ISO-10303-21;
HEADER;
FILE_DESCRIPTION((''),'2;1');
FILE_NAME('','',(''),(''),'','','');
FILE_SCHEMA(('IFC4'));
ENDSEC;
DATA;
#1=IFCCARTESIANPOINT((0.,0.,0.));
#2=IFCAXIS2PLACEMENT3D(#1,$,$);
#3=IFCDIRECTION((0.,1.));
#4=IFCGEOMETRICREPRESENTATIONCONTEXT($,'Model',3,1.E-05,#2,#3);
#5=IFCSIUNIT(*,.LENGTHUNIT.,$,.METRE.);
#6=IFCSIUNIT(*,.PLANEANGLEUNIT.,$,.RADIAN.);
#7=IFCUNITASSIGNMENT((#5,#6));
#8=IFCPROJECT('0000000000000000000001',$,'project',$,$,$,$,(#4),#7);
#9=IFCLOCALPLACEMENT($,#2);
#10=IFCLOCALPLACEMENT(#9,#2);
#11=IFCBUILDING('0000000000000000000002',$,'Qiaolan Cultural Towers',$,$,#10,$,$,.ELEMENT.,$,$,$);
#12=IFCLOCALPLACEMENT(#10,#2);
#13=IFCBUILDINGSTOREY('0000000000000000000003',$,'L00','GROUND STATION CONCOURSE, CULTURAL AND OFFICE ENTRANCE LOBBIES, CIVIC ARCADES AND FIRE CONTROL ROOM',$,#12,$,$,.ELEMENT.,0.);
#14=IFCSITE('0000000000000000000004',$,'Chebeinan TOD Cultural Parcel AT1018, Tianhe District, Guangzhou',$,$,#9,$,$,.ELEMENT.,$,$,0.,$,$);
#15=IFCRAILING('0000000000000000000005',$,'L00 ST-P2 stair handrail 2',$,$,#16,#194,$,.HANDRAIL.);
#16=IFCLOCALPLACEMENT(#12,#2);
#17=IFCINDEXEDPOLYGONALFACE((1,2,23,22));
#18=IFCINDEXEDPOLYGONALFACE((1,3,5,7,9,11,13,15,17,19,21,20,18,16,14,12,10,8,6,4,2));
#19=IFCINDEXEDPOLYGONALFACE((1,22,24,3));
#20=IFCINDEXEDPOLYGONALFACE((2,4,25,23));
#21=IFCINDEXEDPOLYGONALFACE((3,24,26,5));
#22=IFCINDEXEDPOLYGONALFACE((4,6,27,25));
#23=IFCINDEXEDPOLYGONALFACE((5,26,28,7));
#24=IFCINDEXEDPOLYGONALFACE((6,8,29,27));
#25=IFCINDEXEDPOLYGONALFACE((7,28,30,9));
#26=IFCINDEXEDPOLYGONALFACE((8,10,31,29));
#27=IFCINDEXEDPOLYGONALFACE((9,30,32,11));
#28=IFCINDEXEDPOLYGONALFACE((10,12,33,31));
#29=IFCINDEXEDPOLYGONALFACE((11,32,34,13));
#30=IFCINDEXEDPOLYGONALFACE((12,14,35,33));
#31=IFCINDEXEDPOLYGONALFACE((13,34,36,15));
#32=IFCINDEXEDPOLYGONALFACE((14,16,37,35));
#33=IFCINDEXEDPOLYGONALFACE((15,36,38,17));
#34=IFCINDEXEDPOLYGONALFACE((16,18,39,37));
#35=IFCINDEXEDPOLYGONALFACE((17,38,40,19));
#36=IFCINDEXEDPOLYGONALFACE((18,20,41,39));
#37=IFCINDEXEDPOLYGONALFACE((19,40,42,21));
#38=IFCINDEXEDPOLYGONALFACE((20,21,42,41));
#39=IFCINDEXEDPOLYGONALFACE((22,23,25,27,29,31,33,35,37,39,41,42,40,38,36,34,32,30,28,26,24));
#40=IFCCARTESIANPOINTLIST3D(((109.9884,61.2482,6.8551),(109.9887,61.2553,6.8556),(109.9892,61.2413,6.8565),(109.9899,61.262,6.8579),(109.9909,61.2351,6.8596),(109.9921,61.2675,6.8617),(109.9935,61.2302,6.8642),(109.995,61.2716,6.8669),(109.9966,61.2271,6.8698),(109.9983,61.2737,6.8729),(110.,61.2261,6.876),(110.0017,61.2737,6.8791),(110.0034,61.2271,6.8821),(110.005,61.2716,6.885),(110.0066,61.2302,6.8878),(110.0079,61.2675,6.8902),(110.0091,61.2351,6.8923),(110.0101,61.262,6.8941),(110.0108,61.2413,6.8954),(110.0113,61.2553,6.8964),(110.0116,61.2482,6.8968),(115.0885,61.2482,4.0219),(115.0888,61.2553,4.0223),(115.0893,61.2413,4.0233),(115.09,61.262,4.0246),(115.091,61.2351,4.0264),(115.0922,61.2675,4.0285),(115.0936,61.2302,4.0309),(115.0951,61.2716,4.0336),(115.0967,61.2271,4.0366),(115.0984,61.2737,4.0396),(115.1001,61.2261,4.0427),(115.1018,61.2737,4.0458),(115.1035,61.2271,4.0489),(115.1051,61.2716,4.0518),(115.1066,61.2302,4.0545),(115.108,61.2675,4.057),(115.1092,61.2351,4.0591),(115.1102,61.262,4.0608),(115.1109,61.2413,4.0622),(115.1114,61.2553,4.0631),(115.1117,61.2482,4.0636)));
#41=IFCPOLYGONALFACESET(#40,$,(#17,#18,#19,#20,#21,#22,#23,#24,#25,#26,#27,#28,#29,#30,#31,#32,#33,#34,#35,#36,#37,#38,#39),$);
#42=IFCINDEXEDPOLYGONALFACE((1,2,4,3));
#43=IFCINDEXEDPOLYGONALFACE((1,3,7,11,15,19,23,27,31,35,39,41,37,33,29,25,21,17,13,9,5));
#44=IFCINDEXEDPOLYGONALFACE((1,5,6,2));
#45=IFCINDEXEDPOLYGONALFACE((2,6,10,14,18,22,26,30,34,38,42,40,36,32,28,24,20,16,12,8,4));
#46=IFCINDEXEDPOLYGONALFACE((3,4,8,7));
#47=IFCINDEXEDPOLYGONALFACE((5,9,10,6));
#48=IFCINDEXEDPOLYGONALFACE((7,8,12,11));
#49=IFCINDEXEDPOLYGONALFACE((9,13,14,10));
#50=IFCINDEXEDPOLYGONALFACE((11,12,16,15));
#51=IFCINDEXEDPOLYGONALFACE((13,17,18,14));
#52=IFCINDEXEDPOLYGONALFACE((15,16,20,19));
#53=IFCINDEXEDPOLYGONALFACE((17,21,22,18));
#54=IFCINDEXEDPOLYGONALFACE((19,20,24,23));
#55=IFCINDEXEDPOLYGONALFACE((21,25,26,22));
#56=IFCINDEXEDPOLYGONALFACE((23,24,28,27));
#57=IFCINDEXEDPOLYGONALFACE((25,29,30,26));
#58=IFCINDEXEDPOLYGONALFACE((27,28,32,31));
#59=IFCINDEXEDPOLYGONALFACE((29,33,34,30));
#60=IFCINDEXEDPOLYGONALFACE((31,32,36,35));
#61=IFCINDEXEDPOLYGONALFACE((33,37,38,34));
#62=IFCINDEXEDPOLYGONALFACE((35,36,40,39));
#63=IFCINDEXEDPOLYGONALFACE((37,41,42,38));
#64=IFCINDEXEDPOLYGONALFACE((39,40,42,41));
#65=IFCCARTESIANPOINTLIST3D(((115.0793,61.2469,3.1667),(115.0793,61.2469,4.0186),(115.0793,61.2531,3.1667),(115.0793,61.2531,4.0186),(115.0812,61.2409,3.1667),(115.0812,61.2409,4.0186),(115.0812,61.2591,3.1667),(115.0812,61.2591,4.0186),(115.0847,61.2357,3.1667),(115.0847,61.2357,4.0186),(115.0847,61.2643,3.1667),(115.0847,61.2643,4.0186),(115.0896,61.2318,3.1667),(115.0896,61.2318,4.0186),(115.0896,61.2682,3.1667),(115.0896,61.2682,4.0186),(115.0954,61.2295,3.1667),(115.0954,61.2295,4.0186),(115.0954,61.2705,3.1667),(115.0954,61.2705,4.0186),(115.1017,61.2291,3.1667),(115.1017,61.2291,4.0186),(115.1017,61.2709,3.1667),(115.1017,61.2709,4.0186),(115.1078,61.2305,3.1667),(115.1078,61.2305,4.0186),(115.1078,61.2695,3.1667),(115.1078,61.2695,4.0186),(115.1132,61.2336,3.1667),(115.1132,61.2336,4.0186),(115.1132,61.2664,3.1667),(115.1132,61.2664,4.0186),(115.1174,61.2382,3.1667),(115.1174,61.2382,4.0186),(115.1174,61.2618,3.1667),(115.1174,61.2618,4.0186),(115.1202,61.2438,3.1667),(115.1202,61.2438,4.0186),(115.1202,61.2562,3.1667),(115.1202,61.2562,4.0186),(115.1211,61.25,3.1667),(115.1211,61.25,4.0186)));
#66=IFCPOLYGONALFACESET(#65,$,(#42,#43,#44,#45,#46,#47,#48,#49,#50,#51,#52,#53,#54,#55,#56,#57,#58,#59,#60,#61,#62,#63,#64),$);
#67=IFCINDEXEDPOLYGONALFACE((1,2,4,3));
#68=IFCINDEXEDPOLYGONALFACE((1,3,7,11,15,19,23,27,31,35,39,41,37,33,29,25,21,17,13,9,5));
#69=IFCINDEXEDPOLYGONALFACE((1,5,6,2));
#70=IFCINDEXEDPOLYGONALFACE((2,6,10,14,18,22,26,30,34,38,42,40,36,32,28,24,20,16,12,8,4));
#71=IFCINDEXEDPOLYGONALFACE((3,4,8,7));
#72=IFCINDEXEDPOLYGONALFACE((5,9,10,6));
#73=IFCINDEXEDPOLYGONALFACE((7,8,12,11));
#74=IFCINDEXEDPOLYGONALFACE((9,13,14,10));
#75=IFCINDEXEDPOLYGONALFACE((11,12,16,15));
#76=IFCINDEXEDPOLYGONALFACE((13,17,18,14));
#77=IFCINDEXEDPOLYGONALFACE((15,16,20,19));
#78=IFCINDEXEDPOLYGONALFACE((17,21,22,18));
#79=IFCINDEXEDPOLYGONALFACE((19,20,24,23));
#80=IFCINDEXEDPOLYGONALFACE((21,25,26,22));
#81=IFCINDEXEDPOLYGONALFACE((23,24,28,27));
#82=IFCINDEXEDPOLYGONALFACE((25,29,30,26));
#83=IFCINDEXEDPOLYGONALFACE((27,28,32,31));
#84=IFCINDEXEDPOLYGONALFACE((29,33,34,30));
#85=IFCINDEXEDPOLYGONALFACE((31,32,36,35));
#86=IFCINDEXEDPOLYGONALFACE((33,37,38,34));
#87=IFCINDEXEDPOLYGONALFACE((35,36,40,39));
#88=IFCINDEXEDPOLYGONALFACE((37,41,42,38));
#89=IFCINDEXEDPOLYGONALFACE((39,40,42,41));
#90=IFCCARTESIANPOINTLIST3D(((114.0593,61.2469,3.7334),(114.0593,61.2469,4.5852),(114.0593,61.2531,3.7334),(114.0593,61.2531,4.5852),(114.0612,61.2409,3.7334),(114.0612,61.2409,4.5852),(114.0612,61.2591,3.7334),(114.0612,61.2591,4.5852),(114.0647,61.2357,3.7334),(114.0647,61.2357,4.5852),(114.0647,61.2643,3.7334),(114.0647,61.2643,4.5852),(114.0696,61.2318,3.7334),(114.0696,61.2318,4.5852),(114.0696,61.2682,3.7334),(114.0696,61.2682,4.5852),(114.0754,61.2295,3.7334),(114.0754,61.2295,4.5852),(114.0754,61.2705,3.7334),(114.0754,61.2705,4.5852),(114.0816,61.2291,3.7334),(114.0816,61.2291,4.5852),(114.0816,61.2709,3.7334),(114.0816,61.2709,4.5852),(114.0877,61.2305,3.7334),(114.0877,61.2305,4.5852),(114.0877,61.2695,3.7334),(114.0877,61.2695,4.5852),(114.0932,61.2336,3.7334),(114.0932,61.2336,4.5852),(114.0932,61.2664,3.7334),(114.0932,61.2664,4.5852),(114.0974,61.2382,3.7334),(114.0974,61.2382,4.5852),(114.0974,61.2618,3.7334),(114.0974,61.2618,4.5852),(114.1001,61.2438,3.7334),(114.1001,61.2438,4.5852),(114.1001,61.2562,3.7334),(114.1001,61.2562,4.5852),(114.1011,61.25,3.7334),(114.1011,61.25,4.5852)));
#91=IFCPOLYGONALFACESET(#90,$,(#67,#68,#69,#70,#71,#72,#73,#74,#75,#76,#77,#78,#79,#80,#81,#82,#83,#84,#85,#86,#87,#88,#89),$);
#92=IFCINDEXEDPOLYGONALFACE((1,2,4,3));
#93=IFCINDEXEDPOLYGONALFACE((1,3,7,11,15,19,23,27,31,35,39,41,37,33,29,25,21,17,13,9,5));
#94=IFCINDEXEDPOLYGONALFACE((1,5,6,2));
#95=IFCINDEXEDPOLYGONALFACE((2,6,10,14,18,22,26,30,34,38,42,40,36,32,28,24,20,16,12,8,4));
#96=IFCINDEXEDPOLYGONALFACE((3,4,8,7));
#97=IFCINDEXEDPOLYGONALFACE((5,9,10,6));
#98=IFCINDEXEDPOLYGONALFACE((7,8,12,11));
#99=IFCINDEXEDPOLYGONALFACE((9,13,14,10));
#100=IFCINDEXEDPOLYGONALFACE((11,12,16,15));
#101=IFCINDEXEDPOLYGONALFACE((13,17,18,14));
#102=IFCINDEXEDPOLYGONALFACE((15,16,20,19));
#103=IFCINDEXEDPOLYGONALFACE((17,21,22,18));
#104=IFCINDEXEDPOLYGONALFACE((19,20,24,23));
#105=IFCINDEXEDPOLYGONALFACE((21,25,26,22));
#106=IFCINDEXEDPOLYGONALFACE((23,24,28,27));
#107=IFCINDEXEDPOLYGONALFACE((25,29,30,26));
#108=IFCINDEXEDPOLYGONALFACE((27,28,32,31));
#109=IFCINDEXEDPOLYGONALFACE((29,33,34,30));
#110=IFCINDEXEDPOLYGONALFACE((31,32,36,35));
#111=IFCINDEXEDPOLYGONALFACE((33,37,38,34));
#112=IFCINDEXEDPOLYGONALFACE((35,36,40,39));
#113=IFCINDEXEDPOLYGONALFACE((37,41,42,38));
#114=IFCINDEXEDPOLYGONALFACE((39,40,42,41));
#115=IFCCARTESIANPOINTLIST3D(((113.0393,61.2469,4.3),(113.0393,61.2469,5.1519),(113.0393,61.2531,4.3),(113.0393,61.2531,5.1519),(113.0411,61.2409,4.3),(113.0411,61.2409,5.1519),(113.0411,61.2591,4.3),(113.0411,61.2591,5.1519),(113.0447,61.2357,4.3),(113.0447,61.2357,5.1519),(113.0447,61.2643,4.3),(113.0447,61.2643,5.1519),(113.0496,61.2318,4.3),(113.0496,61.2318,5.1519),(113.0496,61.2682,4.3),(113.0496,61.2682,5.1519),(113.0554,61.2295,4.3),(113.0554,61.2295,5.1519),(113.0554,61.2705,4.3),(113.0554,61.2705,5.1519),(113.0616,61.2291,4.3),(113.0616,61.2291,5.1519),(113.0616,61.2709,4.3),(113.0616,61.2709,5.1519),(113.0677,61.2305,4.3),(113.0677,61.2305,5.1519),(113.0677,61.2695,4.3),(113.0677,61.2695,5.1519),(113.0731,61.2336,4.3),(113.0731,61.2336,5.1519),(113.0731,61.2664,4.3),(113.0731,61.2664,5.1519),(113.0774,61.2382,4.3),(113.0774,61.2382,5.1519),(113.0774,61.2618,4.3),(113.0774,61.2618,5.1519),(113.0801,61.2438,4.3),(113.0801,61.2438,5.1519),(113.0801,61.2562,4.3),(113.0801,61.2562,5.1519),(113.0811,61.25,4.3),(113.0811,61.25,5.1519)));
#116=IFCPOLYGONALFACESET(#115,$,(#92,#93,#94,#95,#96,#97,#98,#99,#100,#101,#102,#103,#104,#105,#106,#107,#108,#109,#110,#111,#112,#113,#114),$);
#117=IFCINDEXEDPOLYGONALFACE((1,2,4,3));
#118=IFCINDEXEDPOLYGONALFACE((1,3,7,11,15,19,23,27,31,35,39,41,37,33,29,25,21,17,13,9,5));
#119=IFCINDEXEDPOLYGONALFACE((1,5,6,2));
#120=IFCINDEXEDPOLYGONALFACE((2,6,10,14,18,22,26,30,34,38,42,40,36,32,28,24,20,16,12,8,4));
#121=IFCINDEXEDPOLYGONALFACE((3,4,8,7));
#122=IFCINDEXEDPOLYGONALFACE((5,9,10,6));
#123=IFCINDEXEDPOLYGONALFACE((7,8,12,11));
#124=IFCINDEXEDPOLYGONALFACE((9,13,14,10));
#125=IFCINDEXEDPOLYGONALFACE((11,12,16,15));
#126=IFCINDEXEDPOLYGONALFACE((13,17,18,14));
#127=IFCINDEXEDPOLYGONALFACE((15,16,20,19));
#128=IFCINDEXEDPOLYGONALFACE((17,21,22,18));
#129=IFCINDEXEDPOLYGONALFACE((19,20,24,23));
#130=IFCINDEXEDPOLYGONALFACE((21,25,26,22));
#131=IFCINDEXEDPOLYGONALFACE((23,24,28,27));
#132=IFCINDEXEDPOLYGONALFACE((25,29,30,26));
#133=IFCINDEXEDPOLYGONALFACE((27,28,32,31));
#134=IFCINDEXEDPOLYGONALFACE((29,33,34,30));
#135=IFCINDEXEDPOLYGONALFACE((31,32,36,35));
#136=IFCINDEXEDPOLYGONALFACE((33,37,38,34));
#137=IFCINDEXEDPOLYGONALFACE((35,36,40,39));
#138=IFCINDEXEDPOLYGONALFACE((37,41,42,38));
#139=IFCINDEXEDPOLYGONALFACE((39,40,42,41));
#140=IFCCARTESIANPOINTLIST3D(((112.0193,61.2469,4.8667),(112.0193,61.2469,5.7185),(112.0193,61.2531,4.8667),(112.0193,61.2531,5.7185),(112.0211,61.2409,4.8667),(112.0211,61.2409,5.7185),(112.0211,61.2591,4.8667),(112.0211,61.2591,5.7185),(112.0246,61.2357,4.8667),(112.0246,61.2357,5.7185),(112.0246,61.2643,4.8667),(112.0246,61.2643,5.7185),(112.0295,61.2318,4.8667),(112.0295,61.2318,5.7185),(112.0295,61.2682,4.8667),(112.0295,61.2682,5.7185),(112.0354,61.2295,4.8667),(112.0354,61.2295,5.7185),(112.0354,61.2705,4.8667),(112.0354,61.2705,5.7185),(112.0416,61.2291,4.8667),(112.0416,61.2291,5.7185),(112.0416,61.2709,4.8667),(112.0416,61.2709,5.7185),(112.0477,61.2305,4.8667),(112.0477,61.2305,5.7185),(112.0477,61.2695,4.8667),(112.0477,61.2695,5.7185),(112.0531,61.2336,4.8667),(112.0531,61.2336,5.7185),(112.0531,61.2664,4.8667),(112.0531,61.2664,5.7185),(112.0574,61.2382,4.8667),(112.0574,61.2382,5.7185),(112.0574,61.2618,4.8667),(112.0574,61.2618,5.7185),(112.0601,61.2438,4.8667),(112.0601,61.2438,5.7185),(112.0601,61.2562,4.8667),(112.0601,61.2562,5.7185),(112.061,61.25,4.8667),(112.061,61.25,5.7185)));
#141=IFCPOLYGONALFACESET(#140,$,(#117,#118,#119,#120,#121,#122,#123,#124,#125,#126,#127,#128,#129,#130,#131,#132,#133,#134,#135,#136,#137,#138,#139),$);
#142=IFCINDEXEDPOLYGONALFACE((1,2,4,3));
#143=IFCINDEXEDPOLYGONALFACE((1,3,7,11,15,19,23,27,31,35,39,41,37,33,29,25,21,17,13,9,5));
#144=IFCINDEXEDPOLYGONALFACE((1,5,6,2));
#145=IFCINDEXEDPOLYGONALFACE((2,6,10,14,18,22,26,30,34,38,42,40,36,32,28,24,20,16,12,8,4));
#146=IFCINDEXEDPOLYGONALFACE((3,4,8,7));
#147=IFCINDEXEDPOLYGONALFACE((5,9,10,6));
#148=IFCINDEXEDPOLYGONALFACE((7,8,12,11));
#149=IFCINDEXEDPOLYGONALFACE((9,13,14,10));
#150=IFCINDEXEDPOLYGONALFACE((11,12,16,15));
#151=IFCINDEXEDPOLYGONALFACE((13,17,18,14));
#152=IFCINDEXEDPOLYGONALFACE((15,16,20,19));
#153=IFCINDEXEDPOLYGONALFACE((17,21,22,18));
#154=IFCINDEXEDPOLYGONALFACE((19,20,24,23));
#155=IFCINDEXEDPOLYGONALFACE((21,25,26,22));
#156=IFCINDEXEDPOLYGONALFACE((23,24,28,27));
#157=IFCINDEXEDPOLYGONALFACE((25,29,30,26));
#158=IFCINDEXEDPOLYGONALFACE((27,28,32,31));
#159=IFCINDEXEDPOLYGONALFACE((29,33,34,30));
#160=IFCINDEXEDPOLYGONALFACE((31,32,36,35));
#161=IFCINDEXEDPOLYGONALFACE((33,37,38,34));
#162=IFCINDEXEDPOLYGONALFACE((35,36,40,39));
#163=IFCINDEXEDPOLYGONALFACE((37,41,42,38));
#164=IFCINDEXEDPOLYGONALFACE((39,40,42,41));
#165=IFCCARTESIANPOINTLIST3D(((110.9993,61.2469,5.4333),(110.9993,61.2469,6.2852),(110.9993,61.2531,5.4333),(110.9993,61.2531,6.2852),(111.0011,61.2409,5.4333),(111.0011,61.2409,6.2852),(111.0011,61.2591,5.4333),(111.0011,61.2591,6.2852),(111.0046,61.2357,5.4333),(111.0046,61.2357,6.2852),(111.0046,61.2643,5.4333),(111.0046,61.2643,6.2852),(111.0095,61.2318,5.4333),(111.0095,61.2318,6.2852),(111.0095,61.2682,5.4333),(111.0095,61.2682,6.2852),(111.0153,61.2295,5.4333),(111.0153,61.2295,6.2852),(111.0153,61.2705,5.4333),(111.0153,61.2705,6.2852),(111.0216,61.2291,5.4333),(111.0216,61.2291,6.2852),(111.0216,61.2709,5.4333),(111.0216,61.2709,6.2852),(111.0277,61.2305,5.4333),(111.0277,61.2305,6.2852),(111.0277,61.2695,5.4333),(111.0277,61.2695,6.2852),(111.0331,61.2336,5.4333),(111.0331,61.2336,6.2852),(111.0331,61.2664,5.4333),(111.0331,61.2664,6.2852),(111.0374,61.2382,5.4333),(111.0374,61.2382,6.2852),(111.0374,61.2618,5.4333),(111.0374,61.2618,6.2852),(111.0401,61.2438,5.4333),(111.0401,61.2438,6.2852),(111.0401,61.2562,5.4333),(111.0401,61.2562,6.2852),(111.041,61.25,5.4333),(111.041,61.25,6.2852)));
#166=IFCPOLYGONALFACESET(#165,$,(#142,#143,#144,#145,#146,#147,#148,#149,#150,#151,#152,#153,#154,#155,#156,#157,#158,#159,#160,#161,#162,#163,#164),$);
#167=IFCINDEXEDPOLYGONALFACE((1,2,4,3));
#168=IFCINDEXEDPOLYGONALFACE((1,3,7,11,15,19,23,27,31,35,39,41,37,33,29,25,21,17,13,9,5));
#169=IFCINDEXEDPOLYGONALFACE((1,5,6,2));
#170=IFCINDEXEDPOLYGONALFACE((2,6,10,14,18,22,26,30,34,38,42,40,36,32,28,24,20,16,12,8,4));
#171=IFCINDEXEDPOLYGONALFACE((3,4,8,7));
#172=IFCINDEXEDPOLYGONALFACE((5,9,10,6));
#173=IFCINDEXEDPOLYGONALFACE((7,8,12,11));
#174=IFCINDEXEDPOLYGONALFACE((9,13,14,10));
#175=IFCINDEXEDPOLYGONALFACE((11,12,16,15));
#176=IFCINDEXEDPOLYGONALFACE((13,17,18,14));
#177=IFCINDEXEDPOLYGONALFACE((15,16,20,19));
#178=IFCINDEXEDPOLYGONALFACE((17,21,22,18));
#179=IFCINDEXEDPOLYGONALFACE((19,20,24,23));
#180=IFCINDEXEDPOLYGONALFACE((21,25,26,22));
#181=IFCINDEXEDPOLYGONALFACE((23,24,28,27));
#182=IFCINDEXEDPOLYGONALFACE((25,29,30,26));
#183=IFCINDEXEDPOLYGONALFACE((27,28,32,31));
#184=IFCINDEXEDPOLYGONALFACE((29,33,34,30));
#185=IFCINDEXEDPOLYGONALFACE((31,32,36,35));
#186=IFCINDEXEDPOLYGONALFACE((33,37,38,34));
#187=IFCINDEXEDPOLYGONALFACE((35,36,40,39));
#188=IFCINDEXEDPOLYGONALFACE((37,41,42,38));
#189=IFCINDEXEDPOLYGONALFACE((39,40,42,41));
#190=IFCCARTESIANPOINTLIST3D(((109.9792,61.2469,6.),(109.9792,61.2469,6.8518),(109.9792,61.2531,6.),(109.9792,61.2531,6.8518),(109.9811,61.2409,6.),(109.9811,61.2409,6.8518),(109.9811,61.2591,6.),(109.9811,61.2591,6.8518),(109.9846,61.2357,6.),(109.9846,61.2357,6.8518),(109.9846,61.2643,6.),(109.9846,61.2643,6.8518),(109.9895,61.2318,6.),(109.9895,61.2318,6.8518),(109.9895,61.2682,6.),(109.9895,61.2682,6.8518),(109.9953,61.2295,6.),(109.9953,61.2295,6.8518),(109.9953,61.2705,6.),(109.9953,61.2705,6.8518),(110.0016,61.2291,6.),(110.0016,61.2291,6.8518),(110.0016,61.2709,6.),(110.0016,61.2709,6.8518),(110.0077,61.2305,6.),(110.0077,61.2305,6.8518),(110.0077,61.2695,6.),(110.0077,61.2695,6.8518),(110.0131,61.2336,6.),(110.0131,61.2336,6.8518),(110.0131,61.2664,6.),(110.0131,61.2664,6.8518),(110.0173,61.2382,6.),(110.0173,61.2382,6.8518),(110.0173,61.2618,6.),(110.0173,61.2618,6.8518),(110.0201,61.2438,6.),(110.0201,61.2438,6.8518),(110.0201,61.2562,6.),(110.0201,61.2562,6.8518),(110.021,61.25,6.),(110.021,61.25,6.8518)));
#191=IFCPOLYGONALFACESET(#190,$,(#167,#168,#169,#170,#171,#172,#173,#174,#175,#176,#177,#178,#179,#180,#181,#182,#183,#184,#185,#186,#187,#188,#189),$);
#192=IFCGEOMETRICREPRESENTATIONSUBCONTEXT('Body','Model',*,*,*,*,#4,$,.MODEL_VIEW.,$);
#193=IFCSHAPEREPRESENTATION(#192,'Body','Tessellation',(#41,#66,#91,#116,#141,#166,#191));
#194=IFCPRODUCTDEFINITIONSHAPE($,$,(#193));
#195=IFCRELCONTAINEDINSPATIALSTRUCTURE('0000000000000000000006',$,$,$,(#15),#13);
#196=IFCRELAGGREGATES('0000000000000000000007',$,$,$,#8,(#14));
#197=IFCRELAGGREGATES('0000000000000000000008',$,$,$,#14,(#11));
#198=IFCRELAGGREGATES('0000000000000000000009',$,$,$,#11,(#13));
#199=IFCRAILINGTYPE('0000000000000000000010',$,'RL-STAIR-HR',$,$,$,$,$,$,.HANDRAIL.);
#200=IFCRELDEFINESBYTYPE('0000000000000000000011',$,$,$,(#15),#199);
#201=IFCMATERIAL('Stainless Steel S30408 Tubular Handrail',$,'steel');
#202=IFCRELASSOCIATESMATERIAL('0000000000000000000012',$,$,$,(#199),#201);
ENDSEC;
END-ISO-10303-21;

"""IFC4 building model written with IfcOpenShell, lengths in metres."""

from ifc_helpers import new_model, si_unit, direction, frame, origin, origin_2d, place, context, subcontext, project, spatial, circle, extrude, material, type_object, element, save


model = new_model("IFC4")

# Units and contexts
model_context = context("Model", 3, precision=1e-05, world=origin(), true_north=direction((0.0, 1.0)))
body_context = subcontext(model_context, "Body", "Model", "MODEL_VIEW")
ifc_project = project(units=[si_unit("LENGTHUNIT", "METRE"), si_unit("PLANEANGLEUNIT", "RADIAN")], contexts=[model_context])

# Site, building, storey
site_placement = place(None, origin())
site = spatial("IfcSite", under=ifc_project, at=site_placement, Name="Chebeinan TOD Cultural Parcel AT1018, Tianhe District, Guangzhou", CompositionType="ELEMENT", RefElevation=0.0)
building_placement = place(site_placement, origin())
building = spatial("IfcBuilding", under=site, at=building_placement, Name="Qiaolan Cultural Towers", CompositionType="ELEMENT")
storey_placement = place(building_placement, origin())
storey = spatial("IfcBuildingStorey", under=building, at=storey_placement, Name="L00", Description="GROUND STATION CONCOURSE, CULTURAL AND OFFICE ENTRANCE LOBBIES, CIVIC ARCADES AND FIRE CONTROL ROOM", CompositionType="ELEMENT", Elevation=0.0)

# Railing
ifc_material_1 = material(Name="Stainless Steel S30408 Tubular Handrail", Category="steel")
railing_type_1 = type_object("IfcRailingType", Name="RL-STAIR-HR", PredefinedType="HANDRAIL", material=ifc_material_1)
railing_1_placement = place(storey_placement, frame((115.1001, 61.25, 3.1667)))
element("IfcRailing", 1, at=railing_1_placement, inside=storey, type_object=railing_type_1, Name="L00 ST-P2 stair handrail 2", PredefinedType="HANDRAIL", context=body_context, shape_type="SweptSolid", body=[
    extrude(circle(Radius=0.0239, at=origin_2d()), frame((0.0, 0.0, 0.876), z_axis=(-0.874167, 0.0, 0.485625), x_axis=(0.0, -1.0, 0.0)), (0.0, 0.0, 1.0), 5.8342),
    extrude(circle(Radius=0.021, at=origin_2d()), origin(), (0.0, 0.0, 1.0), 0.8518),
    extrude(circle(Radius=0.021, at=origin_2d()), frame((-1.02, 0.0, 0.5667)), (0.0, 0.0, 1.0), 0.8518),
    extrude(circle(Radius=0.021, at=origin_2d()), frame((-2.04, 0.0, 1.1333)), (0.0, 0.0, 1.0), 0.8518),
    extrude(circle(Radius=0.021, at=origin_2d()), frame((-3.0601, 0.0, 1.7)), (0.0, 0.0, 1.0), 0.8518),
    extrude(circle(Radius=0.021, at=origin_2d()), frame((-4.0801, 0.0, 2.2666)), (0.0, 0.0, 1.0), 0.8518),
    extrude(circle(Radius=0.021, at=origin_2d()), frame((-5.1001, 0.0, 2.8333)), (0.0, 0.0, 1.0), 0.8518),
])

save(model, "model.ifc")
